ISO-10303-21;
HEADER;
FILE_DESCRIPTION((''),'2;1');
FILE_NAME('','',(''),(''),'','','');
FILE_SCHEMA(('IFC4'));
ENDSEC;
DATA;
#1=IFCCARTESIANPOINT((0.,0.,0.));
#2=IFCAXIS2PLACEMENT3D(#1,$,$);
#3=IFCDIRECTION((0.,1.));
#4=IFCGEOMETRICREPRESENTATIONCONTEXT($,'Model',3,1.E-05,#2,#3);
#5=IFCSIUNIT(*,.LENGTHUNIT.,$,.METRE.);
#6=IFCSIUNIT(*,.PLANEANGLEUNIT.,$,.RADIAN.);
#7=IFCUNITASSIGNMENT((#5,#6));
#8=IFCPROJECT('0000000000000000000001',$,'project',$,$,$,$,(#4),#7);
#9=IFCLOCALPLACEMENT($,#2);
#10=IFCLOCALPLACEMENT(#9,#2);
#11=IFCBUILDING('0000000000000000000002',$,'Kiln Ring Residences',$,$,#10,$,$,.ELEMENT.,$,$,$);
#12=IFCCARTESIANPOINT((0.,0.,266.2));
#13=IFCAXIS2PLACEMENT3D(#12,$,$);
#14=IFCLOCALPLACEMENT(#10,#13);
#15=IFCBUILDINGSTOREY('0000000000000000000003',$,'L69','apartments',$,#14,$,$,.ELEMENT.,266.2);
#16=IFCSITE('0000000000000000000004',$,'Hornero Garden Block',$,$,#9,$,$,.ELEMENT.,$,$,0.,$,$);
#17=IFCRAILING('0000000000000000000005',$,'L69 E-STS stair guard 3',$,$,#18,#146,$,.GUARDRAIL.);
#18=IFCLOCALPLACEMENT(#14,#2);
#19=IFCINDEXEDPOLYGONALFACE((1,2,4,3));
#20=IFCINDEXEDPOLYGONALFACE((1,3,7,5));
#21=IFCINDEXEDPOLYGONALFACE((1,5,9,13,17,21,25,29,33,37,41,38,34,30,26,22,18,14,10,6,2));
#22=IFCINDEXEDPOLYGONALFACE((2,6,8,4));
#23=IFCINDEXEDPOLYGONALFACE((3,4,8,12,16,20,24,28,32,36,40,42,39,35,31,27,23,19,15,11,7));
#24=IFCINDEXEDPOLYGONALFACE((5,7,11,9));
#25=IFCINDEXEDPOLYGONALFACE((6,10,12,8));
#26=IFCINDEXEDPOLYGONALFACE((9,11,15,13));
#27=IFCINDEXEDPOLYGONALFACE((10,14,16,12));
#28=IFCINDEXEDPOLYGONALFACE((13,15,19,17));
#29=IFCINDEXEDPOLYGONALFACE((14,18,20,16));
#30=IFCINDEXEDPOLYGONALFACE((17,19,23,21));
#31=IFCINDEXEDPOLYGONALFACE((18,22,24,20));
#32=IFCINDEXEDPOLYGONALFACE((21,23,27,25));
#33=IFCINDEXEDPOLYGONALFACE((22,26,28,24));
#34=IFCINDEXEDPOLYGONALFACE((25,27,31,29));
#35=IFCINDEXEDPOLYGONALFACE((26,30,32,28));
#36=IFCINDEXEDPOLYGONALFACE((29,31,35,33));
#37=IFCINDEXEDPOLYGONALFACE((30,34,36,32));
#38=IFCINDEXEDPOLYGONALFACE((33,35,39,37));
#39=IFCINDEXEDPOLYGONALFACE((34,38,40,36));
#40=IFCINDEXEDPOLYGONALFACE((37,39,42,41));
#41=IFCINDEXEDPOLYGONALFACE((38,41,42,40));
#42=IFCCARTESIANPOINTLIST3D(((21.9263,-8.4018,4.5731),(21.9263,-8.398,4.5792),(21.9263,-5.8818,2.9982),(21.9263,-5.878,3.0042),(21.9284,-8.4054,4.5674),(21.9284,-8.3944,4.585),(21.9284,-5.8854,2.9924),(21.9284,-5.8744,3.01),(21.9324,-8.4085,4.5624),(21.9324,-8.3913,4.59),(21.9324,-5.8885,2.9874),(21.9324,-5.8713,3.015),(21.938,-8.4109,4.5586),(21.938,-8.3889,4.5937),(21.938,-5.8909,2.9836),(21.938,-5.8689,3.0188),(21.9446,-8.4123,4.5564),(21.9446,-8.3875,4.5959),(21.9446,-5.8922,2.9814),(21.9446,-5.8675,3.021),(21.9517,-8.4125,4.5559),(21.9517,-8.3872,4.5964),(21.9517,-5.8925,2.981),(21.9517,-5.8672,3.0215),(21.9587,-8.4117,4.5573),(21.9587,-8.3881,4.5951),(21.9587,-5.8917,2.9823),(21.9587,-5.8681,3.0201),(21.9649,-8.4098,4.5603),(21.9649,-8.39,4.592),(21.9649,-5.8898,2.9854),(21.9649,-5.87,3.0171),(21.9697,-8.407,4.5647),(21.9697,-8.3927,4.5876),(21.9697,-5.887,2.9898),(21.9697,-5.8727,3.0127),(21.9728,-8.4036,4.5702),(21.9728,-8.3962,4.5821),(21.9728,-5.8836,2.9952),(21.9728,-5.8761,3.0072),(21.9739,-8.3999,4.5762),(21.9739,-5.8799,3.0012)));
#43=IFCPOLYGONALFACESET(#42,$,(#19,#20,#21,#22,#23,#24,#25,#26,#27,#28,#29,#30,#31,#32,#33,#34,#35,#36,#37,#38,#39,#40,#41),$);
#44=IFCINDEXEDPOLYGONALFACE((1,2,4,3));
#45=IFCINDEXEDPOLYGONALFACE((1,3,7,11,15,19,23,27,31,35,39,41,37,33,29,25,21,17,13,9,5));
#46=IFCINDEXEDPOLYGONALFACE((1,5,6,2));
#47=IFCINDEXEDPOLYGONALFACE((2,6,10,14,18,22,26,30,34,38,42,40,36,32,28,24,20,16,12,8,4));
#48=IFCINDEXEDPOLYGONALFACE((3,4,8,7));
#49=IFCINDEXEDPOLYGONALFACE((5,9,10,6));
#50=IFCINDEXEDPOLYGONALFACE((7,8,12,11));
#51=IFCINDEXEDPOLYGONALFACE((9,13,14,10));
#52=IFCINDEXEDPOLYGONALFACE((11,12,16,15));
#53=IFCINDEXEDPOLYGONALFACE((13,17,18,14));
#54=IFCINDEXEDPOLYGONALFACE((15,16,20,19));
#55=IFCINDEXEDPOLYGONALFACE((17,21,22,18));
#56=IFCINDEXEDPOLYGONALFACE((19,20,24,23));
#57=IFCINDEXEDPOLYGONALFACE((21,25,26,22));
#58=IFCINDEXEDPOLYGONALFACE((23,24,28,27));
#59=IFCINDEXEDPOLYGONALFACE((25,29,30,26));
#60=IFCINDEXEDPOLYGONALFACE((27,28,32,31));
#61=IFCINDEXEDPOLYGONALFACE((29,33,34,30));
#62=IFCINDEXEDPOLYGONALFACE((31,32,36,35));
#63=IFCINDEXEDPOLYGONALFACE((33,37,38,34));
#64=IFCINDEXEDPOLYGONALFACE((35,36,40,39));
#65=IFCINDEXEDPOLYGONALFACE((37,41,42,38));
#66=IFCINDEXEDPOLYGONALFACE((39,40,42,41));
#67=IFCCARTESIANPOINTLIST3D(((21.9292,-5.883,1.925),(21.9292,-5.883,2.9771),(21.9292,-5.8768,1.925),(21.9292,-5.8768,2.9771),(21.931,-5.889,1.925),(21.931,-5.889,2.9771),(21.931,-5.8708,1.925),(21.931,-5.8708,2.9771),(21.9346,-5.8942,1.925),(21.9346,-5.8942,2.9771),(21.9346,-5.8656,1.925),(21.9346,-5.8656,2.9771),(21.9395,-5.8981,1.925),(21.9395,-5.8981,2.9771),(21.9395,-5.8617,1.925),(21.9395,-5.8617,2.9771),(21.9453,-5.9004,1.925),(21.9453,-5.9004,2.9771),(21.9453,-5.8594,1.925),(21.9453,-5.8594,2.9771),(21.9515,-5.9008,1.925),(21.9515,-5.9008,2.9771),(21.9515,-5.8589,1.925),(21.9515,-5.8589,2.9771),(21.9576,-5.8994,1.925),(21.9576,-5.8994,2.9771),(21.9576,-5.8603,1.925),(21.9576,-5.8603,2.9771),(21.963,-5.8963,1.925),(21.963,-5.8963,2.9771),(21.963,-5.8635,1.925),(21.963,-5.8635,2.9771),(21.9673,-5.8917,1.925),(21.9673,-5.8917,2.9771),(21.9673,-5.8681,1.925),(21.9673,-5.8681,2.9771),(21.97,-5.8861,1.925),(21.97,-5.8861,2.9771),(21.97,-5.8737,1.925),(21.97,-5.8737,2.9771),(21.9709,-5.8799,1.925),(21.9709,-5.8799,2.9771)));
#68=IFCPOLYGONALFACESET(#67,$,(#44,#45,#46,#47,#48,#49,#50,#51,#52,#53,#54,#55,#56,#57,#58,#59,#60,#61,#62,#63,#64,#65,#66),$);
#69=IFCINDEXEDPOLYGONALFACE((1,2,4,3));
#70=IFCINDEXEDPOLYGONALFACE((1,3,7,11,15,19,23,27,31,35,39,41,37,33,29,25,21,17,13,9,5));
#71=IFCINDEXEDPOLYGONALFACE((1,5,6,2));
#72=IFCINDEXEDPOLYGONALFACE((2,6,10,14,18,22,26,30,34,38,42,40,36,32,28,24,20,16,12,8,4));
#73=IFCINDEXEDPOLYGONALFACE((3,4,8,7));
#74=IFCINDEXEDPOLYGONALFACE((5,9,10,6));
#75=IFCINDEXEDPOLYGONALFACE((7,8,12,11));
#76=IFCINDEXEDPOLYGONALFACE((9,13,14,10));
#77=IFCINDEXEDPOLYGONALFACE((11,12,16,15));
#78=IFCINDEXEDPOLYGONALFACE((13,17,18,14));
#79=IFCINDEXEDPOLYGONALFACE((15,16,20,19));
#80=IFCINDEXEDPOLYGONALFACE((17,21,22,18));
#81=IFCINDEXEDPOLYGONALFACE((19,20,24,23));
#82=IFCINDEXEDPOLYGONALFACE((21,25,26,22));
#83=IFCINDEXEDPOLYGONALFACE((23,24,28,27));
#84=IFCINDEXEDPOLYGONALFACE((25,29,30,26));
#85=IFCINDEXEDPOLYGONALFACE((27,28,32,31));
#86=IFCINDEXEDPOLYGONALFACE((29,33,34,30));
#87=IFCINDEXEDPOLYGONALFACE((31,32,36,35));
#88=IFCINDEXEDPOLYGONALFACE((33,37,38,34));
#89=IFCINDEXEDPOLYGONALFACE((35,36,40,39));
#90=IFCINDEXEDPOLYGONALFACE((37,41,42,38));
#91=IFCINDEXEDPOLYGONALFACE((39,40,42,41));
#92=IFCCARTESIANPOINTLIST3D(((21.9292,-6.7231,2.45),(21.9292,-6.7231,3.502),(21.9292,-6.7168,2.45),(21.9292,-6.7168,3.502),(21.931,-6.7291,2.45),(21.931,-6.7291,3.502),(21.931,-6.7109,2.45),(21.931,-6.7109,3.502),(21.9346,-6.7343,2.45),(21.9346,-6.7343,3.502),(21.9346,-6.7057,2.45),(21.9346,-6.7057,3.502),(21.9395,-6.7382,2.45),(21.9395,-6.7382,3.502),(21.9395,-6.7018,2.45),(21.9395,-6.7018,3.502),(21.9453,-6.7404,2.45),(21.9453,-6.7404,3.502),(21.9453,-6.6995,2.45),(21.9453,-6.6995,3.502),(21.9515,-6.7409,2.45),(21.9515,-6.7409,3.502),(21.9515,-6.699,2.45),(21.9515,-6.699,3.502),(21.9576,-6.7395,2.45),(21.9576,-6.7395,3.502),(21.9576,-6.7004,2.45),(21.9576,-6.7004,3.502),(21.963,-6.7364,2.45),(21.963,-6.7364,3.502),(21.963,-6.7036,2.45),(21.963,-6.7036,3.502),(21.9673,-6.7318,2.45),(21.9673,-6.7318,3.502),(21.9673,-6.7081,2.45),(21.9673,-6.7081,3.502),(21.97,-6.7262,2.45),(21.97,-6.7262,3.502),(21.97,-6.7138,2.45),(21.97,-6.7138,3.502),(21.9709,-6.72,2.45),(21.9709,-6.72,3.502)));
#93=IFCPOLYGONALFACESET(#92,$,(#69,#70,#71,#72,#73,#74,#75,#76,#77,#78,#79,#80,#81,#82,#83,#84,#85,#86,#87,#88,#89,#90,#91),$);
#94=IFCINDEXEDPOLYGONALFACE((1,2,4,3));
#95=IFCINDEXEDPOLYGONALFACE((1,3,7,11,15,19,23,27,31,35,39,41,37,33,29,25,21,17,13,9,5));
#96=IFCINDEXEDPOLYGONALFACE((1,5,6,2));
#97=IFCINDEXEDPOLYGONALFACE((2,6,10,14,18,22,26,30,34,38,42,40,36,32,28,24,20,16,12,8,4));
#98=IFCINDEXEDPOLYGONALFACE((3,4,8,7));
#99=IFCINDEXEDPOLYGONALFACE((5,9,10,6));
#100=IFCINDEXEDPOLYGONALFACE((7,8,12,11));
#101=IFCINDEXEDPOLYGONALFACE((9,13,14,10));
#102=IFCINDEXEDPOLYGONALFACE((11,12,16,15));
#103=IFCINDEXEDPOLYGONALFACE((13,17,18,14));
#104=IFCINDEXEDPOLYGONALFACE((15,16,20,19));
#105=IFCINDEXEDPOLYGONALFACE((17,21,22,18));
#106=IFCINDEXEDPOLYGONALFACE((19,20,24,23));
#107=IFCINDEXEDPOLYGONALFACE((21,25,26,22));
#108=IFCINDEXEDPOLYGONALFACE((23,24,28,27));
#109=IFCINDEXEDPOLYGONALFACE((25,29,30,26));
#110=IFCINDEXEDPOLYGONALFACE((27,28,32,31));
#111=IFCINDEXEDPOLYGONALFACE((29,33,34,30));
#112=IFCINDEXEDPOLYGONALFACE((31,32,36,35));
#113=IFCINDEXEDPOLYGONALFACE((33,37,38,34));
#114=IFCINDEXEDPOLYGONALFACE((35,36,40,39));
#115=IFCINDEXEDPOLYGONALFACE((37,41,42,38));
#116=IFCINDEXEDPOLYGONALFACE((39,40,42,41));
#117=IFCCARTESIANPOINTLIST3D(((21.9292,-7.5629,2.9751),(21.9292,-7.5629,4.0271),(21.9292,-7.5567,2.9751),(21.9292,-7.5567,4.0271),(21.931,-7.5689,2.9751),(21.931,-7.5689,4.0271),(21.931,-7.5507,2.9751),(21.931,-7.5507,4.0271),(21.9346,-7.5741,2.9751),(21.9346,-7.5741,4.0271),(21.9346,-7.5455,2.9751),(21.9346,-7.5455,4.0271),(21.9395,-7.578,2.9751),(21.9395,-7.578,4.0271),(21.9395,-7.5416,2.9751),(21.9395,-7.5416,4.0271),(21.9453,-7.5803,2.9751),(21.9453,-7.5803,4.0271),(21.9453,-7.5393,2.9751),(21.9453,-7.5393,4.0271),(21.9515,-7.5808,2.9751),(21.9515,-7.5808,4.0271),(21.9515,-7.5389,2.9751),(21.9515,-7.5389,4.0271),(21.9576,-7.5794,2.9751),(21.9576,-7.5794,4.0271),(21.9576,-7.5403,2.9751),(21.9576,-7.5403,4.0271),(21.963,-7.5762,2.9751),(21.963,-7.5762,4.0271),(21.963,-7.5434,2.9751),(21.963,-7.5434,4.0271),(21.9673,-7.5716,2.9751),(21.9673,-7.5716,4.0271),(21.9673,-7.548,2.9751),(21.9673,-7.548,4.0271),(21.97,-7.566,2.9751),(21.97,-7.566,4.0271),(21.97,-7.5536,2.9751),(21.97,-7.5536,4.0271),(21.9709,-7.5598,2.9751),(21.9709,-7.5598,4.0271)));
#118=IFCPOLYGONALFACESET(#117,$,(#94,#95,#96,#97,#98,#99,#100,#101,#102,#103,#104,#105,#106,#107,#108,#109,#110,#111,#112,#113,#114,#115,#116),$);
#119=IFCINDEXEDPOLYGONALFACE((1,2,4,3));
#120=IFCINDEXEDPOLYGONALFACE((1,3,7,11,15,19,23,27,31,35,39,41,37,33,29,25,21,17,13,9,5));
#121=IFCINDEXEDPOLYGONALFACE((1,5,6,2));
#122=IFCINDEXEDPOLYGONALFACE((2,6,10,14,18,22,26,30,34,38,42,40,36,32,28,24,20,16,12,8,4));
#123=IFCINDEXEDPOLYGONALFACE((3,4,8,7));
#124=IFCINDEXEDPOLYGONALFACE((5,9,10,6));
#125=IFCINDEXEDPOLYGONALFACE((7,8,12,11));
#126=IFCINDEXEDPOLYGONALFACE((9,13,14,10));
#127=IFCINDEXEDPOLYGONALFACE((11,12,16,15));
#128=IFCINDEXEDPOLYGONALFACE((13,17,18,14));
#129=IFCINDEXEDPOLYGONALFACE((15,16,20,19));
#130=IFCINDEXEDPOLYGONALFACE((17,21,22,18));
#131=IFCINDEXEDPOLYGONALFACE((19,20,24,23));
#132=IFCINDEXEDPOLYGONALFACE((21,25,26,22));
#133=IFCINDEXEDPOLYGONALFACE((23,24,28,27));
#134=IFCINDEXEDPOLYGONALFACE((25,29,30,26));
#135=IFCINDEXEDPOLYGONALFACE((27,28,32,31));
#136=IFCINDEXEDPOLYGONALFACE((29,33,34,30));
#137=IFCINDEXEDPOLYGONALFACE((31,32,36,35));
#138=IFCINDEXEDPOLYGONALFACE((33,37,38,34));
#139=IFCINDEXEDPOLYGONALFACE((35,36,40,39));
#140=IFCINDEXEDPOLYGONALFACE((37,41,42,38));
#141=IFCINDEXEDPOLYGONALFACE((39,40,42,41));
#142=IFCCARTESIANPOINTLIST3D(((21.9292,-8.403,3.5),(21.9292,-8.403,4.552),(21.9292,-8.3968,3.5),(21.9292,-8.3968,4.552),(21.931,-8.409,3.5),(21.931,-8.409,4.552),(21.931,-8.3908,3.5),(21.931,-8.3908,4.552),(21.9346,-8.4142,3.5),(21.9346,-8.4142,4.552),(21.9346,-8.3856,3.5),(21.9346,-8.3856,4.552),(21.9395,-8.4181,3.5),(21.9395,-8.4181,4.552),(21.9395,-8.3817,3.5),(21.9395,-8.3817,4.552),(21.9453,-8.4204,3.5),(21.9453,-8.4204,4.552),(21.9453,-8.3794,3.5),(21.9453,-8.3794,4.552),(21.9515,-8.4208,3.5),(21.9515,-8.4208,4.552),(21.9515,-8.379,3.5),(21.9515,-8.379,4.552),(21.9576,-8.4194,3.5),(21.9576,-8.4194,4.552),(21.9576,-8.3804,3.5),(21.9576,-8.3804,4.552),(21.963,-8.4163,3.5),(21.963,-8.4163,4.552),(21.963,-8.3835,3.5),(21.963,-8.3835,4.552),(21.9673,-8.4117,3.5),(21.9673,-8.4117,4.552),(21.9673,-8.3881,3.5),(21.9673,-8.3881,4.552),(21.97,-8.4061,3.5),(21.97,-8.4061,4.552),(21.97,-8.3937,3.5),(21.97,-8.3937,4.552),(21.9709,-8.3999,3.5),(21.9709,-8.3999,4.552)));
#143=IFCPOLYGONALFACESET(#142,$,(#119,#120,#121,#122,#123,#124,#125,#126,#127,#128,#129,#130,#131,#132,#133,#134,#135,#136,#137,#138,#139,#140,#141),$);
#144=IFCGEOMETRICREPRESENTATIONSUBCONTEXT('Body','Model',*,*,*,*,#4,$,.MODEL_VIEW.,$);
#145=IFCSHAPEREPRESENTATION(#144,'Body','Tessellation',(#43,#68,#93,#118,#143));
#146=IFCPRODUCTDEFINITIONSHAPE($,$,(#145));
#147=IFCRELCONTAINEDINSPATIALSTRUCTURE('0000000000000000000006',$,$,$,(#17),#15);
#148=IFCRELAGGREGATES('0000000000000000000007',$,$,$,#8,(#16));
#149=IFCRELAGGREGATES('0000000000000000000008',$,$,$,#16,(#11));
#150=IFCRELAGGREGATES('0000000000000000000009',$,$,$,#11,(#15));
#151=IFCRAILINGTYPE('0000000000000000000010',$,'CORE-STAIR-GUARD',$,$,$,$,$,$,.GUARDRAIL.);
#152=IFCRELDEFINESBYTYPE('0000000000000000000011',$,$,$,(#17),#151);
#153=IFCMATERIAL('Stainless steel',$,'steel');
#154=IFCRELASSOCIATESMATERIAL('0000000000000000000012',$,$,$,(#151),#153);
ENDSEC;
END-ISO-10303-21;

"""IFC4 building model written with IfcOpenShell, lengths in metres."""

from ifc_helpers import new_model, si_unit, direction, frame, origin, origin_2d, place, context, subcontext, project, spatial, circle, extrude, material, type_object, element, save


model = new_model("IFC4")

# Units and contexts
model_context = context("Model", 3, precision=1e-05, world=origin(), true_north=direction((0.0, 1.0)))
body_context = subcontext(model_context, "Body", "Model", "MODEL_VIEW")
ifc_project = project(units=[si_unit("LENGTHUNIT", "METRE"), si_unit("PLANEANGLEUNIT", "RADIAN")], contexts=[model_context])

# Site, building, storey
site_placement = place(None, origin())
site = spatial("IfcSite", under=ifc_project, at=site_placement, Name="Hornero Garden Block", CompositionType="ELEMENT", RefElevation=0.0)
building_placement = place(site_placement, origin())
building = spatial("IfcBuilding", under=site, at=building_placement, Name="Kiln Ring Residences", CompositionType="ELEMENT")
storey_placement = place(building_placement, frame((0.0, 0.0, 266.2)))
storey = spatial("IfcBuildingStorey", under=building, at=storey_placement, Name="L69", Description="apartments", CompositionType="ELEMENT", Elevation=266.2)

# Railing
ifc_material_1 = material(Name="Stainless steel", Category="steel")
railing_type_1 = type_object("IfcRailingType", Name="CORE-STAIR-GUARD", PredefinedType="GUARDRAIL", material=ifc_material_1)
railing_1_placement = place(storey_placement, frame((21.95, -5.8799, 1.925)))
element("IfcRailing", 1, at=railing_1_placement, inside=storey, type_object=railing_type_1, Name="L69 E-STS stair guard 3", PredefinedType="GUARDRAIL", context=body_context, shape_type="SweptSolid", body=[
    extrude(circle(Radius=0.0239, at=origin_2d()), frame((0.0, 0.0, 1.0762), z_axis=(0.0, -0.848008, 0.529984), x_axis=(1.0, 0.0, 0.0)), (0.0, 0.0, 1.0), 2.9717),
    extrude(circle(Radius=0.021, at=origin_2d()), origin(), (0.0, 0.0, 1.0), 1.052),
    extrude(circle(Radius=0.021, at=origin_2d()), frame((0.0, -0.8401, 0.5249)), (0.0, 0.0, 1.0), 1.052),
    extrude(circle(Radius=0.021, at=origin_2d()), frame((0.0, -1.6799, 1.05)), (0.0, 0.0, 1.0), 1.052),
    extrude(circle(Radius=0.021, at=origin_2d()), frame((0.0, -2.52, 1.575)), (0.0, 0.0, 1.0), 1.052),
])

save(model, "model.ifc")
